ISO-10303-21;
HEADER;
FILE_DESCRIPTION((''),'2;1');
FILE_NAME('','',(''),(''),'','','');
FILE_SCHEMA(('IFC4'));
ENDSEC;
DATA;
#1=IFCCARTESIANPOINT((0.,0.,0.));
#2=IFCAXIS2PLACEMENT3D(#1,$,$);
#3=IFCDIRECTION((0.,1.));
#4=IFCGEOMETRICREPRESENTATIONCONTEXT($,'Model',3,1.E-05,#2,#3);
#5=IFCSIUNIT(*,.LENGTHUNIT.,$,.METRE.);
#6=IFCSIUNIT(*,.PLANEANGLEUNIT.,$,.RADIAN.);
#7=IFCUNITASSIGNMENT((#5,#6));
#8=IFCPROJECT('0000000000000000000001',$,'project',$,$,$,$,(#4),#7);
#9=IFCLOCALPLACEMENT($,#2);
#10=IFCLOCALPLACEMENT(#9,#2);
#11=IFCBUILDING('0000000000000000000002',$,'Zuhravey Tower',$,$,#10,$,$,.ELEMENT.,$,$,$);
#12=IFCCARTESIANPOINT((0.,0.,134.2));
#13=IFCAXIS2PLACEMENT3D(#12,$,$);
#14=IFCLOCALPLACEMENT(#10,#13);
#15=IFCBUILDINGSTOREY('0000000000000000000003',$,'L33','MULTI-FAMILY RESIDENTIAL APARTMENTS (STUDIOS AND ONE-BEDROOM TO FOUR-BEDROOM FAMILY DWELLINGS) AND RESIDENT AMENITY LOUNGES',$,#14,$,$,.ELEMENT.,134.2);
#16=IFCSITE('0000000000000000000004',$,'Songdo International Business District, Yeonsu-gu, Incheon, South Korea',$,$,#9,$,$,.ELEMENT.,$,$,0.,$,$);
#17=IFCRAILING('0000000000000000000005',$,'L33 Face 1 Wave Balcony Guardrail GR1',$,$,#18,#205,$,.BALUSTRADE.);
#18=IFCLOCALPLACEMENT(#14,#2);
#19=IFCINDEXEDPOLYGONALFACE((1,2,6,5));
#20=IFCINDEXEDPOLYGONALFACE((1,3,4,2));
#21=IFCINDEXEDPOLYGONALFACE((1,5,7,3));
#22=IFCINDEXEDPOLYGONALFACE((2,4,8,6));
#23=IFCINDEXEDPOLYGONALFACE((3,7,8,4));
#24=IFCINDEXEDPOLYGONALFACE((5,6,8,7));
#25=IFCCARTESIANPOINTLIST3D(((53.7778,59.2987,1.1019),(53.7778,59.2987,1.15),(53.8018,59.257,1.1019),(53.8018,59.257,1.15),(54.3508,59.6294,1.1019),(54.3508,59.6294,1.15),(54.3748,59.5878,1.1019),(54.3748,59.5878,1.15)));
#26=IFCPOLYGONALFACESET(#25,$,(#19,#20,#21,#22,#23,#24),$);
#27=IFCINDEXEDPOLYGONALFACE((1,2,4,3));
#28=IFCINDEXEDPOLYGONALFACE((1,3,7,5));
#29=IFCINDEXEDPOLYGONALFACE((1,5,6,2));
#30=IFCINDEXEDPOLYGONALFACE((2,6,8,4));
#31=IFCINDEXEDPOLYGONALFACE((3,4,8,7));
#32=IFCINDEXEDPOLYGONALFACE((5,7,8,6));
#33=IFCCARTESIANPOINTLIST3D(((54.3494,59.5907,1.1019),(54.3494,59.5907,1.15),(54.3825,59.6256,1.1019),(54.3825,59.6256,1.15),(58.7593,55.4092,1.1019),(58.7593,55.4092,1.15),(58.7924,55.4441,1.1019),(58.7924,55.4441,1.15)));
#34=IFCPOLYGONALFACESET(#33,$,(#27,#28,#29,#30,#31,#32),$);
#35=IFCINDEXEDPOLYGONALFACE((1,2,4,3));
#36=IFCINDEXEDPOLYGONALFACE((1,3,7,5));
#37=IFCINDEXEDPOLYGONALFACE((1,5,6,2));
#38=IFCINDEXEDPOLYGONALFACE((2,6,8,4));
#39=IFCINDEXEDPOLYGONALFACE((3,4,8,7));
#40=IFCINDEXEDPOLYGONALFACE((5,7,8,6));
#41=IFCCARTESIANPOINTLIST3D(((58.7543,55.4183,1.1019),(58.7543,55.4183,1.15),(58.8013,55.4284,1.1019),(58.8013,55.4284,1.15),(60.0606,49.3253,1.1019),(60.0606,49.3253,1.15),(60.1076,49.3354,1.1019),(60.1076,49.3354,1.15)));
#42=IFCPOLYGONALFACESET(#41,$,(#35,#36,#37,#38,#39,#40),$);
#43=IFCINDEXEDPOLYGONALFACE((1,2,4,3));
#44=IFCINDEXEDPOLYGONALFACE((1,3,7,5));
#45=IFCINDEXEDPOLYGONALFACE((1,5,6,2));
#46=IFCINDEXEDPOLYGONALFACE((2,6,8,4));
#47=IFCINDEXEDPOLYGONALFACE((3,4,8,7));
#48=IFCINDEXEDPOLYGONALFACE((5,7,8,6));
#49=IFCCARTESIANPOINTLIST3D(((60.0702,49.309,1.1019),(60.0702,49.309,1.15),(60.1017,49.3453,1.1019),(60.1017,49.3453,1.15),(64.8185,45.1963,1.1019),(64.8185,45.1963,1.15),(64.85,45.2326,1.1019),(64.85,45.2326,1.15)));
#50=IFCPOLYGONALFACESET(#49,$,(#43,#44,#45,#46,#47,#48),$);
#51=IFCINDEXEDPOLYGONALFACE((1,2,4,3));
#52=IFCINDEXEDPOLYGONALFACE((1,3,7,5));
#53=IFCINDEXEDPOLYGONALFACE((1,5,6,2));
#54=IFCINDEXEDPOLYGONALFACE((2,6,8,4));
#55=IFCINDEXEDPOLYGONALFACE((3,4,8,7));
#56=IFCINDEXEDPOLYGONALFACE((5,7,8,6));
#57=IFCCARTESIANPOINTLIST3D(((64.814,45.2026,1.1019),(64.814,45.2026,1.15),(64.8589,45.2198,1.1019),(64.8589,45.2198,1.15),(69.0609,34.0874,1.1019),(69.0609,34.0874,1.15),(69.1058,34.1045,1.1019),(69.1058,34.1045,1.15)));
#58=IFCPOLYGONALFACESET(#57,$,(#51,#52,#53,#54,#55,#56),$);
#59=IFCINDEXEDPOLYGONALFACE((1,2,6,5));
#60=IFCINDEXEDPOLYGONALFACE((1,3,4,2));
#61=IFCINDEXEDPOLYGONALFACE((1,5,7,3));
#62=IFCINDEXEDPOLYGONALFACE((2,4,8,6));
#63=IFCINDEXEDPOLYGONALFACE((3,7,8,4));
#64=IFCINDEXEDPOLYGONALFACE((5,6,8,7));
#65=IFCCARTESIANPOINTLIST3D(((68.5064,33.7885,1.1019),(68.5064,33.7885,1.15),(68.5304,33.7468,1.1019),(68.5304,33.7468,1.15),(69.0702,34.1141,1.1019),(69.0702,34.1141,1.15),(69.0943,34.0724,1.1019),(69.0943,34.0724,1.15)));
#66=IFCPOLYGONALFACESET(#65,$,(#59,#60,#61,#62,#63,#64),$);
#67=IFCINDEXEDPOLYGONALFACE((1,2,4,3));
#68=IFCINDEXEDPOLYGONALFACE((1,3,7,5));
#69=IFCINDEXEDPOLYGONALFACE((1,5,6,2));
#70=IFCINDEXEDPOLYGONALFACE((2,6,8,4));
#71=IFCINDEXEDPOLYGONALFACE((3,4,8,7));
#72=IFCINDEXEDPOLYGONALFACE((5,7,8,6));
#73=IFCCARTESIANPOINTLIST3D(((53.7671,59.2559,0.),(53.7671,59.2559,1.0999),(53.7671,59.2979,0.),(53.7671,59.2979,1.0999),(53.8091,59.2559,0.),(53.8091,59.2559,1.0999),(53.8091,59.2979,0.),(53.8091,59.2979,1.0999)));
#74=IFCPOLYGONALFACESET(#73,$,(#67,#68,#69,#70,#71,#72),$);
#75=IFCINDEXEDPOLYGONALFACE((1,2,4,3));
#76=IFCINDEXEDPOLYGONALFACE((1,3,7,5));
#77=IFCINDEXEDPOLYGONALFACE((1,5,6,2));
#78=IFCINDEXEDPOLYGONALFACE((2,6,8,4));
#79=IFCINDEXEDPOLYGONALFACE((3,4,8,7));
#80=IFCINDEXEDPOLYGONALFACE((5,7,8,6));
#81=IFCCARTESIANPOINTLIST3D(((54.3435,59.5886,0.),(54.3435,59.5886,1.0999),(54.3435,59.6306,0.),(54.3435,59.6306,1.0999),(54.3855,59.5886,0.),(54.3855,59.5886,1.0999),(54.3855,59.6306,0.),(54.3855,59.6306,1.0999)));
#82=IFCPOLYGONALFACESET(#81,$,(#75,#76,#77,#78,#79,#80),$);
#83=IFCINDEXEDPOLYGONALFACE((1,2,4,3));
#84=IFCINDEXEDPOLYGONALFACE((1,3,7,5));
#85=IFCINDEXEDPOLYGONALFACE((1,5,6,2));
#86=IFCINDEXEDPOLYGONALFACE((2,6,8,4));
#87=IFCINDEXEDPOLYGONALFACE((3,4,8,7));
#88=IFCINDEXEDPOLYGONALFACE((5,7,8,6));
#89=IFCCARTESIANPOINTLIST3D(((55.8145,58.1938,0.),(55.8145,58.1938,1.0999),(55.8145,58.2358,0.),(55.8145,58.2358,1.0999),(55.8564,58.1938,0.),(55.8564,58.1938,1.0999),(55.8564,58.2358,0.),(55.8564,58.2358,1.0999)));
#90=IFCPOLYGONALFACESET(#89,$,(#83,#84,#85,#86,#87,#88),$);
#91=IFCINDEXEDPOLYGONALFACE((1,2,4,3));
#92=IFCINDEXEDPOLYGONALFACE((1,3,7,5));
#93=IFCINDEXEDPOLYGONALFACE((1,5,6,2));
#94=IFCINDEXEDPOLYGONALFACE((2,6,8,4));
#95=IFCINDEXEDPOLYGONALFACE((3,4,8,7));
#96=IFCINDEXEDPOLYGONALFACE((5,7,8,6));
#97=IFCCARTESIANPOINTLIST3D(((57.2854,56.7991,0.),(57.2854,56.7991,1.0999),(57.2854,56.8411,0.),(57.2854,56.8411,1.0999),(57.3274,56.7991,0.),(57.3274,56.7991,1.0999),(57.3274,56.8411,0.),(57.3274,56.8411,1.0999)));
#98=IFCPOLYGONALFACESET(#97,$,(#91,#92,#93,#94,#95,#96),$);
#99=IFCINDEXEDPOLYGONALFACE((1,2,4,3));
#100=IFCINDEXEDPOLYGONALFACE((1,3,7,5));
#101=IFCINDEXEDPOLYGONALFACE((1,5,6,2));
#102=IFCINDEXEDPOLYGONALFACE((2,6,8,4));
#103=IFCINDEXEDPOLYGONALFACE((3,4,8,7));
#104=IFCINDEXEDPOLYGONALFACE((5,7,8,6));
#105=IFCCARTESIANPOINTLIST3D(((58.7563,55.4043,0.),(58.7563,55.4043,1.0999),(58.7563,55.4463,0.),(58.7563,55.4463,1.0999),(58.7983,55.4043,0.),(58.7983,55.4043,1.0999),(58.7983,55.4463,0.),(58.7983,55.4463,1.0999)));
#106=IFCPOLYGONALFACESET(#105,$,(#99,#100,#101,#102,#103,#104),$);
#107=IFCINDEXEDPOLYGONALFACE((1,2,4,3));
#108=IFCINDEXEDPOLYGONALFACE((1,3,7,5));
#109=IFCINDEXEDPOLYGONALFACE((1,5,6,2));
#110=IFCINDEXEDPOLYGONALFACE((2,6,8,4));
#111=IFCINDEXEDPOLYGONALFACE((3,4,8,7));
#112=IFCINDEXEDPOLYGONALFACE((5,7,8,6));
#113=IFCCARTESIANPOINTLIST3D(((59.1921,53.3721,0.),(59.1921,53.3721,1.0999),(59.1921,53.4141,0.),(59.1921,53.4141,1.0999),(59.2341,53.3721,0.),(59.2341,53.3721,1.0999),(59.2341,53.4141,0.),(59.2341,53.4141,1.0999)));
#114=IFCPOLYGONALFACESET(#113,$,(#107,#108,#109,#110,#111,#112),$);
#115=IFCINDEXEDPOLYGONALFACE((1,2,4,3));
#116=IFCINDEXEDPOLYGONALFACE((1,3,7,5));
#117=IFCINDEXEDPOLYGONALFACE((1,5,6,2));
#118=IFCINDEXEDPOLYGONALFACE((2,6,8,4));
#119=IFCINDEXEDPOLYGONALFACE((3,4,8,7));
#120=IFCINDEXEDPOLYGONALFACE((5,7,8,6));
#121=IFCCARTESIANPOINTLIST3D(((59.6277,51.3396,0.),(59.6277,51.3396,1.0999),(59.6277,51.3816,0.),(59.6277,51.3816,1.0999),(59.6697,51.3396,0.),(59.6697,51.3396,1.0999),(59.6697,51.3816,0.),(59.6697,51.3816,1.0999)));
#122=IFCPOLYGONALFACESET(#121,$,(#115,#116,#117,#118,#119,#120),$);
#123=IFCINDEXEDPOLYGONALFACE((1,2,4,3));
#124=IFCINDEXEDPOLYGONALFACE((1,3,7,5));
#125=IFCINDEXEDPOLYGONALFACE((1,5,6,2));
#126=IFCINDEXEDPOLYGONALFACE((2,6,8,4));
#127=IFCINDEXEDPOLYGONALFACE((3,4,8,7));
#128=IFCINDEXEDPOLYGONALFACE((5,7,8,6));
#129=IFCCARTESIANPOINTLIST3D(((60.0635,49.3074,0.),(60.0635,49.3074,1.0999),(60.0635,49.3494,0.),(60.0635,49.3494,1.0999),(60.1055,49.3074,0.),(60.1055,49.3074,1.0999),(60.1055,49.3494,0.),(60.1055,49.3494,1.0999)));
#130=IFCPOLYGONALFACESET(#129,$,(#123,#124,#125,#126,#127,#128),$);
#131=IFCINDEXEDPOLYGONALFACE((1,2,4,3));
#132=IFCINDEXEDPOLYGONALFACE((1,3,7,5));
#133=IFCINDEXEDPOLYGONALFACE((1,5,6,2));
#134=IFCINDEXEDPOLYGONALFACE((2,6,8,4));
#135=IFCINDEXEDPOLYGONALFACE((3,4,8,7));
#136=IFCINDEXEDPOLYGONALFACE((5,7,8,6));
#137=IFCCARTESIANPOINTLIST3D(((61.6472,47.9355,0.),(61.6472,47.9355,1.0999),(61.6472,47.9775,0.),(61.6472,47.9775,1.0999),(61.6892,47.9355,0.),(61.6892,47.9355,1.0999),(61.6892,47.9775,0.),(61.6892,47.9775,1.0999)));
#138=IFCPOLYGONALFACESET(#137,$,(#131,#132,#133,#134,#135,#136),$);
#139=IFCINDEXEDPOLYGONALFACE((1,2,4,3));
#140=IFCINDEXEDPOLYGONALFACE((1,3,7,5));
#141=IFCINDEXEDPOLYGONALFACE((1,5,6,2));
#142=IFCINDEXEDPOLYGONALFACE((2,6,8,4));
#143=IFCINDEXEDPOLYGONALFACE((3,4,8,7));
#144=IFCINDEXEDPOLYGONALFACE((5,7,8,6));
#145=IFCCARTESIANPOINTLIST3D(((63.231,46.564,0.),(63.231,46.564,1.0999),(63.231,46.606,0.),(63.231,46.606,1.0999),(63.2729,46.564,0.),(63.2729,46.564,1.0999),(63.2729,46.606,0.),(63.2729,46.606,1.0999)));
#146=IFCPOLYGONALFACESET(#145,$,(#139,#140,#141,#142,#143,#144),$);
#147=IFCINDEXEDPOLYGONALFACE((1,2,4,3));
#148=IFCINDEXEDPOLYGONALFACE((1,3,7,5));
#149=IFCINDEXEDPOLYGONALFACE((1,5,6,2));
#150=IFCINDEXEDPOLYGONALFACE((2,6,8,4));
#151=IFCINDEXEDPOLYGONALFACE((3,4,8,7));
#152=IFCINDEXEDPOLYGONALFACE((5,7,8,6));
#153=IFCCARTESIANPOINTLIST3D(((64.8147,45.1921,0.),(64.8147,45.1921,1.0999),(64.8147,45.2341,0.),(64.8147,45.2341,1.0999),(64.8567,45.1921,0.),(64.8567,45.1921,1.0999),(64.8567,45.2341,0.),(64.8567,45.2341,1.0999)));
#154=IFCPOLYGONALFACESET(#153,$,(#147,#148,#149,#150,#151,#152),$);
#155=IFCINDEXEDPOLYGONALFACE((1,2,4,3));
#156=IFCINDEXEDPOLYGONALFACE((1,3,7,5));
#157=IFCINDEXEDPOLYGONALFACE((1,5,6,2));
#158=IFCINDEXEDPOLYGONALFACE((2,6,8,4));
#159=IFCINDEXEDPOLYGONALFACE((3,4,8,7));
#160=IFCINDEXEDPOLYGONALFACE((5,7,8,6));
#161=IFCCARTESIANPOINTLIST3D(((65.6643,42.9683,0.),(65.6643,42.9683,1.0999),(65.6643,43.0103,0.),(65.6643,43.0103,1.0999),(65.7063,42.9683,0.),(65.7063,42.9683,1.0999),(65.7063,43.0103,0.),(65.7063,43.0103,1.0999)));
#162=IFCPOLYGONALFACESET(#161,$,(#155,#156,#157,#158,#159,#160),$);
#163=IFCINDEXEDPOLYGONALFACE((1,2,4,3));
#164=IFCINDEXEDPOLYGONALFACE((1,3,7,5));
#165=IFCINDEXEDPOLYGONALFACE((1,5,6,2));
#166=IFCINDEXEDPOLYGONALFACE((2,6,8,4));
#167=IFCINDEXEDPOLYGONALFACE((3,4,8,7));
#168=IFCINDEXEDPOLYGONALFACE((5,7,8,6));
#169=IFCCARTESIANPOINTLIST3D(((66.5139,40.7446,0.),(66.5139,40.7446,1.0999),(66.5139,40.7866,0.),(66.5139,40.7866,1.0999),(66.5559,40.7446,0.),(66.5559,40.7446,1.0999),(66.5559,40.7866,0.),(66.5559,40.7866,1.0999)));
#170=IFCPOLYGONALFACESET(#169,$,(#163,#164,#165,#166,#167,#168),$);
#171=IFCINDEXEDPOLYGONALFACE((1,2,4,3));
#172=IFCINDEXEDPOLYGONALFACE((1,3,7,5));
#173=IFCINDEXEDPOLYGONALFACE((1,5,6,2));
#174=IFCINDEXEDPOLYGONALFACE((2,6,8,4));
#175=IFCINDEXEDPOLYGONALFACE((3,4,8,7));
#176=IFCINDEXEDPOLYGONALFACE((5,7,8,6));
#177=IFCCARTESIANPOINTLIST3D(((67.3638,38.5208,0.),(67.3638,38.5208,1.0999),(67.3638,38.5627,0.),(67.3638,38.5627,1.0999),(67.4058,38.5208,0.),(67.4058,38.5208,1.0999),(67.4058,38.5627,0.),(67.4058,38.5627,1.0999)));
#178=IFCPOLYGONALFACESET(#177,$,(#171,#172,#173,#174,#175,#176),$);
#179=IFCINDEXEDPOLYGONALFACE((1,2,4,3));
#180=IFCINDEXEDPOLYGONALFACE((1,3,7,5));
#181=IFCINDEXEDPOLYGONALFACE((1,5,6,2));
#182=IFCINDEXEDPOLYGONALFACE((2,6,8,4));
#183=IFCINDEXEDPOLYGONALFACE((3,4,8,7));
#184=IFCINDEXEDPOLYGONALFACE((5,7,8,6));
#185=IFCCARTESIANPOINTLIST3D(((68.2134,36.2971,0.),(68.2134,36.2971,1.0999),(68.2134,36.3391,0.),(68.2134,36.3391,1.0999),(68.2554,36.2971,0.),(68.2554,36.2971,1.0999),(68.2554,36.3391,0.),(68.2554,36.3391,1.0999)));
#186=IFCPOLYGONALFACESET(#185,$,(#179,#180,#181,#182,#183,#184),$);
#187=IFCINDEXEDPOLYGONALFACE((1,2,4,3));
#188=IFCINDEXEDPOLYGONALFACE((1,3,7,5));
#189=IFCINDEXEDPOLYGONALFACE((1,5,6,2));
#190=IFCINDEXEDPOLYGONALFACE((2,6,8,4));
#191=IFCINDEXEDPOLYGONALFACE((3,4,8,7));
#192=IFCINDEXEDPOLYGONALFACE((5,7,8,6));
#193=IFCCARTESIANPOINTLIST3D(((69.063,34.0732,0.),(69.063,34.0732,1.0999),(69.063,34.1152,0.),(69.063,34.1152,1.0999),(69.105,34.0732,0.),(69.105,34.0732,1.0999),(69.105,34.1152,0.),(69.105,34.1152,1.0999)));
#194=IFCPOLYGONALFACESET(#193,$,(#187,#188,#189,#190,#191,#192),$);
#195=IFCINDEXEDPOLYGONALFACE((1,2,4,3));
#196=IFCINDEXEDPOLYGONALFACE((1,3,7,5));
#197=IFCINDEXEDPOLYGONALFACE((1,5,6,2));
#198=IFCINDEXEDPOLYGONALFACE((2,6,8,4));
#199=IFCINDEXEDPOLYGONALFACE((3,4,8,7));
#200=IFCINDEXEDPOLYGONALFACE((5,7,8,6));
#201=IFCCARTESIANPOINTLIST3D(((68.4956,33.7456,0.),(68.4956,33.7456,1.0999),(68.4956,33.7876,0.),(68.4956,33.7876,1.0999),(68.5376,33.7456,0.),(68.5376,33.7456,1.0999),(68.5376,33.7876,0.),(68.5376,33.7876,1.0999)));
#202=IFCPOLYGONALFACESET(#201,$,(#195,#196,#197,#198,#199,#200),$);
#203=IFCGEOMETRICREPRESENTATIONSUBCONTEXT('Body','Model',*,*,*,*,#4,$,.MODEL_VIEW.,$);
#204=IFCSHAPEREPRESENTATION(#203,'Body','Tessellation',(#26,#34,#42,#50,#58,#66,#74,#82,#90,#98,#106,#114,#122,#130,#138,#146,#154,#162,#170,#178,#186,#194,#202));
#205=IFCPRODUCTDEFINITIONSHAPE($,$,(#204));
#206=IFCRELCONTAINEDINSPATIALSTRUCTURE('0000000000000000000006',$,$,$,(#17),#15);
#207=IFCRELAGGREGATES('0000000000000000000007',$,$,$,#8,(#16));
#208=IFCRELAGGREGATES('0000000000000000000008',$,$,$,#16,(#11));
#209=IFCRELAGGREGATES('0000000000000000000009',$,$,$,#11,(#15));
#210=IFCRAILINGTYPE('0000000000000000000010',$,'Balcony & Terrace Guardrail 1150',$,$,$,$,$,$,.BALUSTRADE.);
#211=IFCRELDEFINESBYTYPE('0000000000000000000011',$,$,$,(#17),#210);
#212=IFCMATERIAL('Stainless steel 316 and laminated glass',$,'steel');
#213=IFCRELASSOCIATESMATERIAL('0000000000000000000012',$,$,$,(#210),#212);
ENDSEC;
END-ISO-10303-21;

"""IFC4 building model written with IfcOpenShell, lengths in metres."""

from ifc_helpers import new_model, si_unit, direction, frame, origin, origin_2d, place, context, subcontext, project, spatial, rectangle, extrude, material, type_object, element, save


model = new_model("IFC4")

# Units and contexts
model_context = context("Model", 3, precision=1e-05, world=origin(), true_north=direction((0.0, 1.0)))
body_context = subcontext(model_context, "Body", "Model", "MODEL_VIEW")
ifc_project = project(units=[si_unit("LENGTHUNIT", "METRE"), si_unit("PLANEANGLEUNIT", "RADIAN")], contexts=[model_context])

# Site, building, storey
site_placement = place(None, origin())
site = spatial("IfcSite", under=ifc_project, at=site_placement, Name="Songdo International Business District, Yeonsu-gu, Incheon, South Korea", CompositionType="ELEMENT", RefElevation=0.0)
building_placement = place(site_placement, origin())
building = spatial("IfcBuilding", under=site, at=building_placement, Name="Zuhravey Tower", CompositionType="ELEMENT")
storey_placement = place(building_placement, frame((0.0, 0.0, 134.2)))
storey = spatial("IfcBuildingStorey", under=building, at=storey_placement, Name="L33", Description="MULTI-FAMILY RESIDENTIAL APARTMENTS (STUDIOS AND ONE-BEDROOM TO FOUR-BEDROOM FAMILY DWELLINGS) AND RESIDENT AMENITY LOUNGES", CompositionType="ELEMENT", Elevation=134.2)

# Railing
ifc_material_1 = material(Name="Stainless steel 316 and laminated glass", Category="steel")
railing_type = type_object("IfcRailingType", Name="Balcony & Terrace Guardrail 1150", PredefinedType="BALUSTRADE", material=ifc_material_1)
railing_placement = place(storey_placement, frame((53.7881, 59.2769, 0.0)))
element("IfcRailing", 1, at=railing_placement, inside=storey, type_object=railing_type, Name="L33 Face 1 Wave Balcony Guardrail GR1", PredefinedType="BALUSTRADE", context=body_context, shape_type="SweptSolid", body=[
    extrude(rectangle(XDim=0.0481, YDim=0.0481, at=origin_2d()), frame((0.0017, 0.001, 1.126), z_axis=(0.866045, 0.499966, 0.0), x_axis=(-0.499966, 0.866045, 0.0)), (0.0, 0.0, 1.0), 0.6616),
    extrude(rectangle(XDim=0.0481, YDim=0.0481, at=origin_2d()), frame((0.5779, 0.3313, 1.126), z_axis=(0.725646, -0.688069, 0.0), x_axis=(0.688069, 0.725646, 0.0)), (0.0, 0.0, 1.0), 6.0771),
    extrude(rectangle(XDim=0.0481, YDim=0.0481, at=origin_2d()), frame((4.9897, -3.8535, 1.126), z_axis=(0.209628, -0.977781, 0.0), x_axis=(0.977781, 0.209628, 0.0)), (0.0, 0.0, 1.0), 6.2314),
    extrude(rectangle(XDim=0.0481, YDim=0.0481, at=origin_2d()), frame((6.2979, -9.9497, 1.126), z_axis=(0.755885, -0.654704, 0.0), x_axis=(0.654704, 0.755885, 0.0)), (0.0, 0.0, 1.0), 6.2817),
    extrude(rectangle(XDim=0.0481, YDim=0.0481, at=origin_2d()), frame((11.0483, -14.0657, 1.126), z_axis=(0.356914, -0.934137, 0.0), x_axis=(0.934137, 0.356914, 0.0)), (0.0, 0.0, 1.0), 11.8989),
    extrude(rectangle(XDim=0.0481, YDim=0.0481, at=origin_2d()), frame((15.2942, -25.1836, 1.126), z_axis=(-0.865987, -0.500067, 0.0), x_axis=(0.500067, -0.865987, 0.0)), (0.0, 0.0, 1.0), 0.6511),
    extrude(rectangle(XDim=0.042, YDim=0.042, at=origin_2d()), origin(), (0.0, 0.0, 1.0), 1.0999),
    extrude(rectangle(XDim=0.042, YDim=0.042, at=origin_2d()), frame((0.5764, 0.3328, 0.0)), (0.0, 0.0, 1.0), 1.0999),
    extrude(rectangle(XDim=0.042, YDim=0.042, at=origin_2d()), frame((2.0474, -1.062, 0.0)), (0.0, 0.0, 1.0), 1.0999),
    extrude(rectangle(XDim=0.042, YDim=0.042, at=origin_2d()), frame((3.5183, -2.4568, 0.0)), (0.0, 0.0, 1.0), 1.0999),
    extrude(rectangle(XDim=0.042, YDim=0.042, at=origin_2d()), frame((4.9893, -3.8516, 0.0)), (0.0, 0.0, 1.0), 1.0999),
    extrude(rectangle(XDim=0.042, YDim=0.042, at=origin_2d()), frame((5.425, -5.8838, 0.0)), (0.0, 0.0, 1.0), 1.0999),
    extrude(rectangle(XDim=0.042, YDim=0.042, at=origin_2d()), frame((5.8606, -7.9163, 0.0)), (0.0, 0.0, 1.0), 1.0999),
    extrude(rectangle(XDim=0.042, YDim=0.042, at=origin_2d()), frame((6.2964, -9.9485, 0.0)), (0.0, 0.0, 1.0), 1.0999),
    extrude(rectangle(XDim=0.042, YDim=0.042, at=origin_2d()), frame((7.8801, -11.3203, 0.0)), (0.0, 0.0, 1.0), 1.0999),
    extrude(rectangle(XDim=0.042, YDim=0.042, at=origin_2d()), frame((9.4639, -12.6919, 0.0)), (0.0, 0.0, 1.0), 1.0999),
    extrude(rectangle(XDim=0.042, YDim=0.042, at=origin_2d()), frame((11.0476, -14.0637, 0.0)), (0.0, 0.0, 1.0), 1.0999),
    extrude(rectangle(XDim=0.042, YDim=0.042, at=origin_2d()), frame((11.8972, -16.2876, 0.0)), (0.0, 0.0, 1.0), 1.0999),
    extrude(rectangle(XDim=0.042, YDim=0.042, at=origin_2d()), frame((12.7468, -18.5112, 0.0)), (0.0, 0.0, 1.0), 1.0999),
    extrude(rectangle(XDim=0.042, YDim=0.042, at=origin_2d()), frame((13.5967, -20.7351, 0.0)), (0.0, 0.0, 1.0), 1.0999),
    extrude(rectangle(XDim=0.042, YDim=0.042, at=origin_2d()), frame((14.4463, -22.9587, 0.0)), (0.0, 0.0, 1.0), 1.0999),
    extrude(rectangle(XDim=0.042, YDim=0.042, at=origin_2d()), frame((15.2959, -25.1826, 0.0)), (0.0, 0.0, 1.0), 1.0999),
    extrude(rectangle(XDim=0.042, YDim=0.042, at=origin_2d()), frame((14.7285, -25.5103, 0.0)), (0.0, 0.0, 1.0), 1.0999),
])

save(model, "model.ifc")
